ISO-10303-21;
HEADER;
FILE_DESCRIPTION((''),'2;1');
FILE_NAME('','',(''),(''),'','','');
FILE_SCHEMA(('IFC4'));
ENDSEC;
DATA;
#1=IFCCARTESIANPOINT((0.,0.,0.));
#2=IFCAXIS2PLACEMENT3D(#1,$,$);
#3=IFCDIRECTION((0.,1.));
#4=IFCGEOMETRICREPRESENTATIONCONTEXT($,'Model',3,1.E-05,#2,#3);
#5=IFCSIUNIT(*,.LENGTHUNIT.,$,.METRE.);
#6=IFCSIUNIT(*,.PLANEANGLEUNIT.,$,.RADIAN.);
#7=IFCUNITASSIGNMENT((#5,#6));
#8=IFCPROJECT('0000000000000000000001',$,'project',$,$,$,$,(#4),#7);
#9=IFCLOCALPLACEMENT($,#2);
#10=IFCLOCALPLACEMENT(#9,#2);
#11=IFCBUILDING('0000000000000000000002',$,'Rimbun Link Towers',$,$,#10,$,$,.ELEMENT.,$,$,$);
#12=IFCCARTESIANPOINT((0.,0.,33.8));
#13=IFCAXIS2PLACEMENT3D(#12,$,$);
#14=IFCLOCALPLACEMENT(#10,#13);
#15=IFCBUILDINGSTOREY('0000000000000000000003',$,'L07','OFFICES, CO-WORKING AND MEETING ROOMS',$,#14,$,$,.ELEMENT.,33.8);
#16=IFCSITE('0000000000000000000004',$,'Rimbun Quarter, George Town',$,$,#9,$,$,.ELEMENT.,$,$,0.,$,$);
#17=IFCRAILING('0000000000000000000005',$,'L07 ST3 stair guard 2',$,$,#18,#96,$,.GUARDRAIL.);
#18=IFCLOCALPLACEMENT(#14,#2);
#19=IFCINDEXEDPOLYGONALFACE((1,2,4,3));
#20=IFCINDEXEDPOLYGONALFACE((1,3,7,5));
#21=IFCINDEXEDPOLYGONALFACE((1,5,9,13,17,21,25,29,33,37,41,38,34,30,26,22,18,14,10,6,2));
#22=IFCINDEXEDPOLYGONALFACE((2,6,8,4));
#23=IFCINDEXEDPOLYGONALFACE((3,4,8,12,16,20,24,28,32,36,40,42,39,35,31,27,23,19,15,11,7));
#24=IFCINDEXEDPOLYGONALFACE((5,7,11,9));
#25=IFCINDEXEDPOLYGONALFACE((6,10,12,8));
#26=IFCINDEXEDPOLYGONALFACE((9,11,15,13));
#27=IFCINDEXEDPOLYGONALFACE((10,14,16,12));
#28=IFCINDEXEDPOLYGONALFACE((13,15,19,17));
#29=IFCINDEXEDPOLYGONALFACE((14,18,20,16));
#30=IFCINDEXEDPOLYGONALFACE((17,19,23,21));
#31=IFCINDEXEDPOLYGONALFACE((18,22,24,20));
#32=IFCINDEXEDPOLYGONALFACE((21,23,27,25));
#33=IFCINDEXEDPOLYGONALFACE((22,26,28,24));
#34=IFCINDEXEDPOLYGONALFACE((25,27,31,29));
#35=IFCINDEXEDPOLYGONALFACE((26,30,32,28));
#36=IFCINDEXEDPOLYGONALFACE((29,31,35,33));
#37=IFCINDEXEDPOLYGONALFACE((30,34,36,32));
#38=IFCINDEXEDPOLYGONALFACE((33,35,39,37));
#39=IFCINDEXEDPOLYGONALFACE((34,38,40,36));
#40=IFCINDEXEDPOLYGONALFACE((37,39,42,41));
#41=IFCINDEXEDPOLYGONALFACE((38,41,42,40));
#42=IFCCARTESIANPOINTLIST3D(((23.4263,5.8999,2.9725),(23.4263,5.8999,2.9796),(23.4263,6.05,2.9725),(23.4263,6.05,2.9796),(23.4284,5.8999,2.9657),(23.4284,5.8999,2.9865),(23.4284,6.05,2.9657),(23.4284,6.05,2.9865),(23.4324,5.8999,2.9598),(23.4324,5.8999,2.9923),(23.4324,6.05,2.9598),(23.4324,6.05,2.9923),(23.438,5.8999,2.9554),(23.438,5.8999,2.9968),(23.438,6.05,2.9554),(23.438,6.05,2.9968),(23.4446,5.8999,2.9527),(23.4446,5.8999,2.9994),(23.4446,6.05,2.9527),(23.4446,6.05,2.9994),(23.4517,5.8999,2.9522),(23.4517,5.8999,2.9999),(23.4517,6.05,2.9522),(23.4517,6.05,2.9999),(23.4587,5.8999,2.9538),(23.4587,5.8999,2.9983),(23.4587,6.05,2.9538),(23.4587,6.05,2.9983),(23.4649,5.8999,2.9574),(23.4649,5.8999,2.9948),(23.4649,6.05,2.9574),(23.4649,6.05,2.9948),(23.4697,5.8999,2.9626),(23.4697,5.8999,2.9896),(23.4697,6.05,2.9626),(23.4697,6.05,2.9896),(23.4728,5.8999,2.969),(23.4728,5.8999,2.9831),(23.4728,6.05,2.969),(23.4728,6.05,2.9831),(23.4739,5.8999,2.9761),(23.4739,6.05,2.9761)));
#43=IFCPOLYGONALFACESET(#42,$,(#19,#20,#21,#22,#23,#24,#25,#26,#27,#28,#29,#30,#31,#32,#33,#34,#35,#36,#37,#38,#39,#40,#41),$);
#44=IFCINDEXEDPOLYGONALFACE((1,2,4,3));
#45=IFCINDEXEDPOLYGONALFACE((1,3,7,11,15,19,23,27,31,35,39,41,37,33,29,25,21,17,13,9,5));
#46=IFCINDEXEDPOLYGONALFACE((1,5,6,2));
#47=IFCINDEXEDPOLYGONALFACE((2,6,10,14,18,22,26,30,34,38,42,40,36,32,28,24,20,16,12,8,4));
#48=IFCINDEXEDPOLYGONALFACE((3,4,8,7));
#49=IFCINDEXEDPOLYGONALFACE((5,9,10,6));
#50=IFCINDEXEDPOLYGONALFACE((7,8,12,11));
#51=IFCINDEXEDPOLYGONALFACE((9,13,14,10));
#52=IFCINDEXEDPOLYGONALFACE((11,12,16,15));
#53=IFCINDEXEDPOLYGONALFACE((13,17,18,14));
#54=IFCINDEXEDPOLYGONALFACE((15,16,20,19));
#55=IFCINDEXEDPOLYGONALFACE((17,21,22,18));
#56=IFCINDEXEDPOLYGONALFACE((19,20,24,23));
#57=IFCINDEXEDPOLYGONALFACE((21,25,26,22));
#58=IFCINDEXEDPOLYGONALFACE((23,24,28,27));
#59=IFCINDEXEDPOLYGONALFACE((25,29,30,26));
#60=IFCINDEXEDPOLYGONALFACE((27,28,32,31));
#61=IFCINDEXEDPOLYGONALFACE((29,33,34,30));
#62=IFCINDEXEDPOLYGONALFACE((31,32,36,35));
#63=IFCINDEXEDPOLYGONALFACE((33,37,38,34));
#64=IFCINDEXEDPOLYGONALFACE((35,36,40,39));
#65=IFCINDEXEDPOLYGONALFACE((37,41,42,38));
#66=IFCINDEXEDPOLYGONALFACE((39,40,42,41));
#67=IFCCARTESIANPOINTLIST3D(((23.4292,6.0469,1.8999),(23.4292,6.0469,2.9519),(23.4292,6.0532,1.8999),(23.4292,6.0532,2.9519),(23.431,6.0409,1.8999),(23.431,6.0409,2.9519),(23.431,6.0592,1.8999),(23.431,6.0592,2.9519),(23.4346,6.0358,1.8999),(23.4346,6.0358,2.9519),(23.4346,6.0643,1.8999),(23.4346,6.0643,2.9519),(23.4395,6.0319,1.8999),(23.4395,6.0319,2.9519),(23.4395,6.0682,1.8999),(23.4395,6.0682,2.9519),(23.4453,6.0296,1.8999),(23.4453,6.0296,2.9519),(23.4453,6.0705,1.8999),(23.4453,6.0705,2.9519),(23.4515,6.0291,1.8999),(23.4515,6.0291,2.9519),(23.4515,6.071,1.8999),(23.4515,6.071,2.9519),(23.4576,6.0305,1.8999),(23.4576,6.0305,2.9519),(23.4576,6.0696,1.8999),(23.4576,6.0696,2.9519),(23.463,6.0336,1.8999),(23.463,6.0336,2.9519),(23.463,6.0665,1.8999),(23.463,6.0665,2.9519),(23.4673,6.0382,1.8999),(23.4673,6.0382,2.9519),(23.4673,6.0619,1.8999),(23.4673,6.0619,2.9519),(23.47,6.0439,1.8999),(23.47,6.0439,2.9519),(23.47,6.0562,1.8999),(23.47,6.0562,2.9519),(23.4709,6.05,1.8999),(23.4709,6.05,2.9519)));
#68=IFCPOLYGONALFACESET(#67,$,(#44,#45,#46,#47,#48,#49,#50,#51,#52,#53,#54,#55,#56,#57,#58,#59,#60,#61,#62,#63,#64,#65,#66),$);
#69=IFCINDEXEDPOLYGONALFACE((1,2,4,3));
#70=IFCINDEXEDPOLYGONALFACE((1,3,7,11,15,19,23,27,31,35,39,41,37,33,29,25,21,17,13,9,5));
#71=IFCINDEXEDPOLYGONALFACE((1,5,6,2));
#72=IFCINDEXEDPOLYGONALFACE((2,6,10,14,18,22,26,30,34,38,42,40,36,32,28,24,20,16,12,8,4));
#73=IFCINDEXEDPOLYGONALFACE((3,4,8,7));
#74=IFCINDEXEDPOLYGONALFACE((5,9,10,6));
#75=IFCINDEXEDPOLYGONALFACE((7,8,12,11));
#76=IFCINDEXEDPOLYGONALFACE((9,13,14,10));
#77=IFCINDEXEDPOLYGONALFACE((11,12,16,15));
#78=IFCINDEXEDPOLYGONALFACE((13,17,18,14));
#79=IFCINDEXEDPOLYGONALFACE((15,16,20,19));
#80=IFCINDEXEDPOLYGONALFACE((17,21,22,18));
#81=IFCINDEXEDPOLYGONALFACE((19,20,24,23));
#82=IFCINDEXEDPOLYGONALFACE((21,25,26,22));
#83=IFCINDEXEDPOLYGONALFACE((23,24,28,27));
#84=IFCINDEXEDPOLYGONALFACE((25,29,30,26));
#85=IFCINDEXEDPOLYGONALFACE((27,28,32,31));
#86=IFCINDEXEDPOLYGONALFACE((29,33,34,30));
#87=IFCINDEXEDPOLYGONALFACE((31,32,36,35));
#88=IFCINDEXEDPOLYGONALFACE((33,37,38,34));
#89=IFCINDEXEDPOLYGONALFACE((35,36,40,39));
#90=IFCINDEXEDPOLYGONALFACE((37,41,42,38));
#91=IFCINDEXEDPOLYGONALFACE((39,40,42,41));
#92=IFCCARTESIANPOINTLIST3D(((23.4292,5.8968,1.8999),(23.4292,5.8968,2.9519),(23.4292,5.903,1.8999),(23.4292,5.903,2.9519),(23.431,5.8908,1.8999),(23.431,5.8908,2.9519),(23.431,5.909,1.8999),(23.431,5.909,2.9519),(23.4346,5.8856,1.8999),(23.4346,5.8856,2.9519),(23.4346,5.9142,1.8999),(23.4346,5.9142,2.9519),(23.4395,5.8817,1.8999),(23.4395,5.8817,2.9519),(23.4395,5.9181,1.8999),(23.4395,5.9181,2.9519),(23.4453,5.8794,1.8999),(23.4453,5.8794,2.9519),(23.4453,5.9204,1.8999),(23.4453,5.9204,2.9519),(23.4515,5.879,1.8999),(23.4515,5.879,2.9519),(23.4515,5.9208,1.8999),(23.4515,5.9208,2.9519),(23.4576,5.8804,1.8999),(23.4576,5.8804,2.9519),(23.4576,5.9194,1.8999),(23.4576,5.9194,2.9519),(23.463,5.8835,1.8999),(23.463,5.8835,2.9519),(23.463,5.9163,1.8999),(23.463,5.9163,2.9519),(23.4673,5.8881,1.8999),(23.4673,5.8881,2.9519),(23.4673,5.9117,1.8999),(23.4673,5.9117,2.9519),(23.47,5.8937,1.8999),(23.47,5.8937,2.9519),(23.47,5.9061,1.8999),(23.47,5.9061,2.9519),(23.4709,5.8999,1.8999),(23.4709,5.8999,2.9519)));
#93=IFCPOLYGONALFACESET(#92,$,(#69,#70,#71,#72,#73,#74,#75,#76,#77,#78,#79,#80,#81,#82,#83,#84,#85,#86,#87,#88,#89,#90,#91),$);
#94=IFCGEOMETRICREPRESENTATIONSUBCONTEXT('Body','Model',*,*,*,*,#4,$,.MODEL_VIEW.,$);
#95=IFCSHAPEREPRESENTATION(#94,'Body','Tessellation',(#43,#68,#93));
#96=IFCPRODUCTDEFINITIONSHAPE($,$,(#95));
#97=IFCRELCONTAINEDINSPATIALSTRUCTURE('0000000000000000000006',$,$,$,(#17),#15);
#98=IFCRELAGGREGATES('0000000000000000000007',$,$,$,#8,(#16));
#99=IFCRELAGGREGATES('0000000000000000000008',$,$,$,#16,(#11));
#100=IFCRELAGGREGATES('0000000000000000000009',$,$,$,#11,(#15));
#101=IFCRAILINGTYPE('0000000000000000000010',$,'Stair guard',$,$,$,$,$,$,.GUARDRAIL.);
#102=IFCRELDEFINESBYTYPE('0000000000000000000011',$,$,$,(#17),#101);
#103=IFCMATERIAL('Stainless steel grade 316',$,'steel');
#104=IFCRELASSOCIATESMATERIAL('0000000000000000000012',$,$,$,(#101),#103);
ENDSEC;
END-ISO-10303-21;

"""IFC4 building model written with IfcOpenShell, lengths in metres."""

from ifc_helpers import new_model, si_unit, direction, frame, origin, origin_2d, place, context, subcontext, project, spatial, circle, extrude, material, type_object, element, save


model = new_model("IFC4")

# Units and contexts
model_context = context("Model", 3, precision=1e-05, world=origin(), true_north=direction((0.0, 1.0)))
body_context = subcontext(model_context, "Body", "Model", "MODEL_VIEW")
ifc_project = project(units=[si_unit("LENGTHUNIT", "METRE"), si_unit("PLANEANGLEUNIT", "RADIAN")], contexts=[model_context])

# Site, building, storey
site_placement = place(None, origin())
site = spatial("IfcSite", under=ifc_project, at=site_placement, Name="Rimbun Quarter, George Town", CompositionType="ELEMENT", RefElevation=0.0)
building_placement = place(site_placement, origin())
building = spatial("IfcBuilding", under=site, at=building_placement, Name="Rimbun Link Towers", CompositionType="ELEMENT")
storey_placement = place(building_placement, frame((0.0, 0.0, 33.8)))
storey = spatial("IfcBuildingStorey", under=building, at=storey_placement, Name="L07", Description="OFFICES, CO-WORKING AND MEETING ROOMS", CompositionType="ELEMENT", Elevation=33.8)

# Railing
ifc_material_1 = material(Name="Stainless steel grade 316", Category="steel")
railing_type_1 = type_object("IfcRailingType", Name="Stair guard", PredefinedType="GUARDRAIL", material=ifc_material_1)
railing_1_placement = place(storey_placement, frame((23.45, 6.05, 1.8999)))
element("IfcRailing", 1, at=railing_1_placement, inside=storey, type_object=railing_type_1, Name="L07 ST3 stair guard 2", PredefinedType="GUARDRAIL", context=body_context, shape_type="SweptSolid", body=[
    extrude(circle(Radius=0.0239, at=origin_2d()), frame((0.0, 0.0, 1.0762), z_axis=(0.0, -1.0, 0.0), x_axis=(1.0, 0.0, 0.0)), (0.0, 0.0, 1.0), 0.1501),
    extrude(circle(Radius=0.021, at=origin_2d()), origin(), (0.0, 0.0, 1.0), 1.052),
    extrude(circle(Radius=0.021, at=origin_2d()), frame((0.0, -0.1501, 0.0)), (0.0, 0.0, 1.0), 1.052),
])

save(model, "model.ifc")
